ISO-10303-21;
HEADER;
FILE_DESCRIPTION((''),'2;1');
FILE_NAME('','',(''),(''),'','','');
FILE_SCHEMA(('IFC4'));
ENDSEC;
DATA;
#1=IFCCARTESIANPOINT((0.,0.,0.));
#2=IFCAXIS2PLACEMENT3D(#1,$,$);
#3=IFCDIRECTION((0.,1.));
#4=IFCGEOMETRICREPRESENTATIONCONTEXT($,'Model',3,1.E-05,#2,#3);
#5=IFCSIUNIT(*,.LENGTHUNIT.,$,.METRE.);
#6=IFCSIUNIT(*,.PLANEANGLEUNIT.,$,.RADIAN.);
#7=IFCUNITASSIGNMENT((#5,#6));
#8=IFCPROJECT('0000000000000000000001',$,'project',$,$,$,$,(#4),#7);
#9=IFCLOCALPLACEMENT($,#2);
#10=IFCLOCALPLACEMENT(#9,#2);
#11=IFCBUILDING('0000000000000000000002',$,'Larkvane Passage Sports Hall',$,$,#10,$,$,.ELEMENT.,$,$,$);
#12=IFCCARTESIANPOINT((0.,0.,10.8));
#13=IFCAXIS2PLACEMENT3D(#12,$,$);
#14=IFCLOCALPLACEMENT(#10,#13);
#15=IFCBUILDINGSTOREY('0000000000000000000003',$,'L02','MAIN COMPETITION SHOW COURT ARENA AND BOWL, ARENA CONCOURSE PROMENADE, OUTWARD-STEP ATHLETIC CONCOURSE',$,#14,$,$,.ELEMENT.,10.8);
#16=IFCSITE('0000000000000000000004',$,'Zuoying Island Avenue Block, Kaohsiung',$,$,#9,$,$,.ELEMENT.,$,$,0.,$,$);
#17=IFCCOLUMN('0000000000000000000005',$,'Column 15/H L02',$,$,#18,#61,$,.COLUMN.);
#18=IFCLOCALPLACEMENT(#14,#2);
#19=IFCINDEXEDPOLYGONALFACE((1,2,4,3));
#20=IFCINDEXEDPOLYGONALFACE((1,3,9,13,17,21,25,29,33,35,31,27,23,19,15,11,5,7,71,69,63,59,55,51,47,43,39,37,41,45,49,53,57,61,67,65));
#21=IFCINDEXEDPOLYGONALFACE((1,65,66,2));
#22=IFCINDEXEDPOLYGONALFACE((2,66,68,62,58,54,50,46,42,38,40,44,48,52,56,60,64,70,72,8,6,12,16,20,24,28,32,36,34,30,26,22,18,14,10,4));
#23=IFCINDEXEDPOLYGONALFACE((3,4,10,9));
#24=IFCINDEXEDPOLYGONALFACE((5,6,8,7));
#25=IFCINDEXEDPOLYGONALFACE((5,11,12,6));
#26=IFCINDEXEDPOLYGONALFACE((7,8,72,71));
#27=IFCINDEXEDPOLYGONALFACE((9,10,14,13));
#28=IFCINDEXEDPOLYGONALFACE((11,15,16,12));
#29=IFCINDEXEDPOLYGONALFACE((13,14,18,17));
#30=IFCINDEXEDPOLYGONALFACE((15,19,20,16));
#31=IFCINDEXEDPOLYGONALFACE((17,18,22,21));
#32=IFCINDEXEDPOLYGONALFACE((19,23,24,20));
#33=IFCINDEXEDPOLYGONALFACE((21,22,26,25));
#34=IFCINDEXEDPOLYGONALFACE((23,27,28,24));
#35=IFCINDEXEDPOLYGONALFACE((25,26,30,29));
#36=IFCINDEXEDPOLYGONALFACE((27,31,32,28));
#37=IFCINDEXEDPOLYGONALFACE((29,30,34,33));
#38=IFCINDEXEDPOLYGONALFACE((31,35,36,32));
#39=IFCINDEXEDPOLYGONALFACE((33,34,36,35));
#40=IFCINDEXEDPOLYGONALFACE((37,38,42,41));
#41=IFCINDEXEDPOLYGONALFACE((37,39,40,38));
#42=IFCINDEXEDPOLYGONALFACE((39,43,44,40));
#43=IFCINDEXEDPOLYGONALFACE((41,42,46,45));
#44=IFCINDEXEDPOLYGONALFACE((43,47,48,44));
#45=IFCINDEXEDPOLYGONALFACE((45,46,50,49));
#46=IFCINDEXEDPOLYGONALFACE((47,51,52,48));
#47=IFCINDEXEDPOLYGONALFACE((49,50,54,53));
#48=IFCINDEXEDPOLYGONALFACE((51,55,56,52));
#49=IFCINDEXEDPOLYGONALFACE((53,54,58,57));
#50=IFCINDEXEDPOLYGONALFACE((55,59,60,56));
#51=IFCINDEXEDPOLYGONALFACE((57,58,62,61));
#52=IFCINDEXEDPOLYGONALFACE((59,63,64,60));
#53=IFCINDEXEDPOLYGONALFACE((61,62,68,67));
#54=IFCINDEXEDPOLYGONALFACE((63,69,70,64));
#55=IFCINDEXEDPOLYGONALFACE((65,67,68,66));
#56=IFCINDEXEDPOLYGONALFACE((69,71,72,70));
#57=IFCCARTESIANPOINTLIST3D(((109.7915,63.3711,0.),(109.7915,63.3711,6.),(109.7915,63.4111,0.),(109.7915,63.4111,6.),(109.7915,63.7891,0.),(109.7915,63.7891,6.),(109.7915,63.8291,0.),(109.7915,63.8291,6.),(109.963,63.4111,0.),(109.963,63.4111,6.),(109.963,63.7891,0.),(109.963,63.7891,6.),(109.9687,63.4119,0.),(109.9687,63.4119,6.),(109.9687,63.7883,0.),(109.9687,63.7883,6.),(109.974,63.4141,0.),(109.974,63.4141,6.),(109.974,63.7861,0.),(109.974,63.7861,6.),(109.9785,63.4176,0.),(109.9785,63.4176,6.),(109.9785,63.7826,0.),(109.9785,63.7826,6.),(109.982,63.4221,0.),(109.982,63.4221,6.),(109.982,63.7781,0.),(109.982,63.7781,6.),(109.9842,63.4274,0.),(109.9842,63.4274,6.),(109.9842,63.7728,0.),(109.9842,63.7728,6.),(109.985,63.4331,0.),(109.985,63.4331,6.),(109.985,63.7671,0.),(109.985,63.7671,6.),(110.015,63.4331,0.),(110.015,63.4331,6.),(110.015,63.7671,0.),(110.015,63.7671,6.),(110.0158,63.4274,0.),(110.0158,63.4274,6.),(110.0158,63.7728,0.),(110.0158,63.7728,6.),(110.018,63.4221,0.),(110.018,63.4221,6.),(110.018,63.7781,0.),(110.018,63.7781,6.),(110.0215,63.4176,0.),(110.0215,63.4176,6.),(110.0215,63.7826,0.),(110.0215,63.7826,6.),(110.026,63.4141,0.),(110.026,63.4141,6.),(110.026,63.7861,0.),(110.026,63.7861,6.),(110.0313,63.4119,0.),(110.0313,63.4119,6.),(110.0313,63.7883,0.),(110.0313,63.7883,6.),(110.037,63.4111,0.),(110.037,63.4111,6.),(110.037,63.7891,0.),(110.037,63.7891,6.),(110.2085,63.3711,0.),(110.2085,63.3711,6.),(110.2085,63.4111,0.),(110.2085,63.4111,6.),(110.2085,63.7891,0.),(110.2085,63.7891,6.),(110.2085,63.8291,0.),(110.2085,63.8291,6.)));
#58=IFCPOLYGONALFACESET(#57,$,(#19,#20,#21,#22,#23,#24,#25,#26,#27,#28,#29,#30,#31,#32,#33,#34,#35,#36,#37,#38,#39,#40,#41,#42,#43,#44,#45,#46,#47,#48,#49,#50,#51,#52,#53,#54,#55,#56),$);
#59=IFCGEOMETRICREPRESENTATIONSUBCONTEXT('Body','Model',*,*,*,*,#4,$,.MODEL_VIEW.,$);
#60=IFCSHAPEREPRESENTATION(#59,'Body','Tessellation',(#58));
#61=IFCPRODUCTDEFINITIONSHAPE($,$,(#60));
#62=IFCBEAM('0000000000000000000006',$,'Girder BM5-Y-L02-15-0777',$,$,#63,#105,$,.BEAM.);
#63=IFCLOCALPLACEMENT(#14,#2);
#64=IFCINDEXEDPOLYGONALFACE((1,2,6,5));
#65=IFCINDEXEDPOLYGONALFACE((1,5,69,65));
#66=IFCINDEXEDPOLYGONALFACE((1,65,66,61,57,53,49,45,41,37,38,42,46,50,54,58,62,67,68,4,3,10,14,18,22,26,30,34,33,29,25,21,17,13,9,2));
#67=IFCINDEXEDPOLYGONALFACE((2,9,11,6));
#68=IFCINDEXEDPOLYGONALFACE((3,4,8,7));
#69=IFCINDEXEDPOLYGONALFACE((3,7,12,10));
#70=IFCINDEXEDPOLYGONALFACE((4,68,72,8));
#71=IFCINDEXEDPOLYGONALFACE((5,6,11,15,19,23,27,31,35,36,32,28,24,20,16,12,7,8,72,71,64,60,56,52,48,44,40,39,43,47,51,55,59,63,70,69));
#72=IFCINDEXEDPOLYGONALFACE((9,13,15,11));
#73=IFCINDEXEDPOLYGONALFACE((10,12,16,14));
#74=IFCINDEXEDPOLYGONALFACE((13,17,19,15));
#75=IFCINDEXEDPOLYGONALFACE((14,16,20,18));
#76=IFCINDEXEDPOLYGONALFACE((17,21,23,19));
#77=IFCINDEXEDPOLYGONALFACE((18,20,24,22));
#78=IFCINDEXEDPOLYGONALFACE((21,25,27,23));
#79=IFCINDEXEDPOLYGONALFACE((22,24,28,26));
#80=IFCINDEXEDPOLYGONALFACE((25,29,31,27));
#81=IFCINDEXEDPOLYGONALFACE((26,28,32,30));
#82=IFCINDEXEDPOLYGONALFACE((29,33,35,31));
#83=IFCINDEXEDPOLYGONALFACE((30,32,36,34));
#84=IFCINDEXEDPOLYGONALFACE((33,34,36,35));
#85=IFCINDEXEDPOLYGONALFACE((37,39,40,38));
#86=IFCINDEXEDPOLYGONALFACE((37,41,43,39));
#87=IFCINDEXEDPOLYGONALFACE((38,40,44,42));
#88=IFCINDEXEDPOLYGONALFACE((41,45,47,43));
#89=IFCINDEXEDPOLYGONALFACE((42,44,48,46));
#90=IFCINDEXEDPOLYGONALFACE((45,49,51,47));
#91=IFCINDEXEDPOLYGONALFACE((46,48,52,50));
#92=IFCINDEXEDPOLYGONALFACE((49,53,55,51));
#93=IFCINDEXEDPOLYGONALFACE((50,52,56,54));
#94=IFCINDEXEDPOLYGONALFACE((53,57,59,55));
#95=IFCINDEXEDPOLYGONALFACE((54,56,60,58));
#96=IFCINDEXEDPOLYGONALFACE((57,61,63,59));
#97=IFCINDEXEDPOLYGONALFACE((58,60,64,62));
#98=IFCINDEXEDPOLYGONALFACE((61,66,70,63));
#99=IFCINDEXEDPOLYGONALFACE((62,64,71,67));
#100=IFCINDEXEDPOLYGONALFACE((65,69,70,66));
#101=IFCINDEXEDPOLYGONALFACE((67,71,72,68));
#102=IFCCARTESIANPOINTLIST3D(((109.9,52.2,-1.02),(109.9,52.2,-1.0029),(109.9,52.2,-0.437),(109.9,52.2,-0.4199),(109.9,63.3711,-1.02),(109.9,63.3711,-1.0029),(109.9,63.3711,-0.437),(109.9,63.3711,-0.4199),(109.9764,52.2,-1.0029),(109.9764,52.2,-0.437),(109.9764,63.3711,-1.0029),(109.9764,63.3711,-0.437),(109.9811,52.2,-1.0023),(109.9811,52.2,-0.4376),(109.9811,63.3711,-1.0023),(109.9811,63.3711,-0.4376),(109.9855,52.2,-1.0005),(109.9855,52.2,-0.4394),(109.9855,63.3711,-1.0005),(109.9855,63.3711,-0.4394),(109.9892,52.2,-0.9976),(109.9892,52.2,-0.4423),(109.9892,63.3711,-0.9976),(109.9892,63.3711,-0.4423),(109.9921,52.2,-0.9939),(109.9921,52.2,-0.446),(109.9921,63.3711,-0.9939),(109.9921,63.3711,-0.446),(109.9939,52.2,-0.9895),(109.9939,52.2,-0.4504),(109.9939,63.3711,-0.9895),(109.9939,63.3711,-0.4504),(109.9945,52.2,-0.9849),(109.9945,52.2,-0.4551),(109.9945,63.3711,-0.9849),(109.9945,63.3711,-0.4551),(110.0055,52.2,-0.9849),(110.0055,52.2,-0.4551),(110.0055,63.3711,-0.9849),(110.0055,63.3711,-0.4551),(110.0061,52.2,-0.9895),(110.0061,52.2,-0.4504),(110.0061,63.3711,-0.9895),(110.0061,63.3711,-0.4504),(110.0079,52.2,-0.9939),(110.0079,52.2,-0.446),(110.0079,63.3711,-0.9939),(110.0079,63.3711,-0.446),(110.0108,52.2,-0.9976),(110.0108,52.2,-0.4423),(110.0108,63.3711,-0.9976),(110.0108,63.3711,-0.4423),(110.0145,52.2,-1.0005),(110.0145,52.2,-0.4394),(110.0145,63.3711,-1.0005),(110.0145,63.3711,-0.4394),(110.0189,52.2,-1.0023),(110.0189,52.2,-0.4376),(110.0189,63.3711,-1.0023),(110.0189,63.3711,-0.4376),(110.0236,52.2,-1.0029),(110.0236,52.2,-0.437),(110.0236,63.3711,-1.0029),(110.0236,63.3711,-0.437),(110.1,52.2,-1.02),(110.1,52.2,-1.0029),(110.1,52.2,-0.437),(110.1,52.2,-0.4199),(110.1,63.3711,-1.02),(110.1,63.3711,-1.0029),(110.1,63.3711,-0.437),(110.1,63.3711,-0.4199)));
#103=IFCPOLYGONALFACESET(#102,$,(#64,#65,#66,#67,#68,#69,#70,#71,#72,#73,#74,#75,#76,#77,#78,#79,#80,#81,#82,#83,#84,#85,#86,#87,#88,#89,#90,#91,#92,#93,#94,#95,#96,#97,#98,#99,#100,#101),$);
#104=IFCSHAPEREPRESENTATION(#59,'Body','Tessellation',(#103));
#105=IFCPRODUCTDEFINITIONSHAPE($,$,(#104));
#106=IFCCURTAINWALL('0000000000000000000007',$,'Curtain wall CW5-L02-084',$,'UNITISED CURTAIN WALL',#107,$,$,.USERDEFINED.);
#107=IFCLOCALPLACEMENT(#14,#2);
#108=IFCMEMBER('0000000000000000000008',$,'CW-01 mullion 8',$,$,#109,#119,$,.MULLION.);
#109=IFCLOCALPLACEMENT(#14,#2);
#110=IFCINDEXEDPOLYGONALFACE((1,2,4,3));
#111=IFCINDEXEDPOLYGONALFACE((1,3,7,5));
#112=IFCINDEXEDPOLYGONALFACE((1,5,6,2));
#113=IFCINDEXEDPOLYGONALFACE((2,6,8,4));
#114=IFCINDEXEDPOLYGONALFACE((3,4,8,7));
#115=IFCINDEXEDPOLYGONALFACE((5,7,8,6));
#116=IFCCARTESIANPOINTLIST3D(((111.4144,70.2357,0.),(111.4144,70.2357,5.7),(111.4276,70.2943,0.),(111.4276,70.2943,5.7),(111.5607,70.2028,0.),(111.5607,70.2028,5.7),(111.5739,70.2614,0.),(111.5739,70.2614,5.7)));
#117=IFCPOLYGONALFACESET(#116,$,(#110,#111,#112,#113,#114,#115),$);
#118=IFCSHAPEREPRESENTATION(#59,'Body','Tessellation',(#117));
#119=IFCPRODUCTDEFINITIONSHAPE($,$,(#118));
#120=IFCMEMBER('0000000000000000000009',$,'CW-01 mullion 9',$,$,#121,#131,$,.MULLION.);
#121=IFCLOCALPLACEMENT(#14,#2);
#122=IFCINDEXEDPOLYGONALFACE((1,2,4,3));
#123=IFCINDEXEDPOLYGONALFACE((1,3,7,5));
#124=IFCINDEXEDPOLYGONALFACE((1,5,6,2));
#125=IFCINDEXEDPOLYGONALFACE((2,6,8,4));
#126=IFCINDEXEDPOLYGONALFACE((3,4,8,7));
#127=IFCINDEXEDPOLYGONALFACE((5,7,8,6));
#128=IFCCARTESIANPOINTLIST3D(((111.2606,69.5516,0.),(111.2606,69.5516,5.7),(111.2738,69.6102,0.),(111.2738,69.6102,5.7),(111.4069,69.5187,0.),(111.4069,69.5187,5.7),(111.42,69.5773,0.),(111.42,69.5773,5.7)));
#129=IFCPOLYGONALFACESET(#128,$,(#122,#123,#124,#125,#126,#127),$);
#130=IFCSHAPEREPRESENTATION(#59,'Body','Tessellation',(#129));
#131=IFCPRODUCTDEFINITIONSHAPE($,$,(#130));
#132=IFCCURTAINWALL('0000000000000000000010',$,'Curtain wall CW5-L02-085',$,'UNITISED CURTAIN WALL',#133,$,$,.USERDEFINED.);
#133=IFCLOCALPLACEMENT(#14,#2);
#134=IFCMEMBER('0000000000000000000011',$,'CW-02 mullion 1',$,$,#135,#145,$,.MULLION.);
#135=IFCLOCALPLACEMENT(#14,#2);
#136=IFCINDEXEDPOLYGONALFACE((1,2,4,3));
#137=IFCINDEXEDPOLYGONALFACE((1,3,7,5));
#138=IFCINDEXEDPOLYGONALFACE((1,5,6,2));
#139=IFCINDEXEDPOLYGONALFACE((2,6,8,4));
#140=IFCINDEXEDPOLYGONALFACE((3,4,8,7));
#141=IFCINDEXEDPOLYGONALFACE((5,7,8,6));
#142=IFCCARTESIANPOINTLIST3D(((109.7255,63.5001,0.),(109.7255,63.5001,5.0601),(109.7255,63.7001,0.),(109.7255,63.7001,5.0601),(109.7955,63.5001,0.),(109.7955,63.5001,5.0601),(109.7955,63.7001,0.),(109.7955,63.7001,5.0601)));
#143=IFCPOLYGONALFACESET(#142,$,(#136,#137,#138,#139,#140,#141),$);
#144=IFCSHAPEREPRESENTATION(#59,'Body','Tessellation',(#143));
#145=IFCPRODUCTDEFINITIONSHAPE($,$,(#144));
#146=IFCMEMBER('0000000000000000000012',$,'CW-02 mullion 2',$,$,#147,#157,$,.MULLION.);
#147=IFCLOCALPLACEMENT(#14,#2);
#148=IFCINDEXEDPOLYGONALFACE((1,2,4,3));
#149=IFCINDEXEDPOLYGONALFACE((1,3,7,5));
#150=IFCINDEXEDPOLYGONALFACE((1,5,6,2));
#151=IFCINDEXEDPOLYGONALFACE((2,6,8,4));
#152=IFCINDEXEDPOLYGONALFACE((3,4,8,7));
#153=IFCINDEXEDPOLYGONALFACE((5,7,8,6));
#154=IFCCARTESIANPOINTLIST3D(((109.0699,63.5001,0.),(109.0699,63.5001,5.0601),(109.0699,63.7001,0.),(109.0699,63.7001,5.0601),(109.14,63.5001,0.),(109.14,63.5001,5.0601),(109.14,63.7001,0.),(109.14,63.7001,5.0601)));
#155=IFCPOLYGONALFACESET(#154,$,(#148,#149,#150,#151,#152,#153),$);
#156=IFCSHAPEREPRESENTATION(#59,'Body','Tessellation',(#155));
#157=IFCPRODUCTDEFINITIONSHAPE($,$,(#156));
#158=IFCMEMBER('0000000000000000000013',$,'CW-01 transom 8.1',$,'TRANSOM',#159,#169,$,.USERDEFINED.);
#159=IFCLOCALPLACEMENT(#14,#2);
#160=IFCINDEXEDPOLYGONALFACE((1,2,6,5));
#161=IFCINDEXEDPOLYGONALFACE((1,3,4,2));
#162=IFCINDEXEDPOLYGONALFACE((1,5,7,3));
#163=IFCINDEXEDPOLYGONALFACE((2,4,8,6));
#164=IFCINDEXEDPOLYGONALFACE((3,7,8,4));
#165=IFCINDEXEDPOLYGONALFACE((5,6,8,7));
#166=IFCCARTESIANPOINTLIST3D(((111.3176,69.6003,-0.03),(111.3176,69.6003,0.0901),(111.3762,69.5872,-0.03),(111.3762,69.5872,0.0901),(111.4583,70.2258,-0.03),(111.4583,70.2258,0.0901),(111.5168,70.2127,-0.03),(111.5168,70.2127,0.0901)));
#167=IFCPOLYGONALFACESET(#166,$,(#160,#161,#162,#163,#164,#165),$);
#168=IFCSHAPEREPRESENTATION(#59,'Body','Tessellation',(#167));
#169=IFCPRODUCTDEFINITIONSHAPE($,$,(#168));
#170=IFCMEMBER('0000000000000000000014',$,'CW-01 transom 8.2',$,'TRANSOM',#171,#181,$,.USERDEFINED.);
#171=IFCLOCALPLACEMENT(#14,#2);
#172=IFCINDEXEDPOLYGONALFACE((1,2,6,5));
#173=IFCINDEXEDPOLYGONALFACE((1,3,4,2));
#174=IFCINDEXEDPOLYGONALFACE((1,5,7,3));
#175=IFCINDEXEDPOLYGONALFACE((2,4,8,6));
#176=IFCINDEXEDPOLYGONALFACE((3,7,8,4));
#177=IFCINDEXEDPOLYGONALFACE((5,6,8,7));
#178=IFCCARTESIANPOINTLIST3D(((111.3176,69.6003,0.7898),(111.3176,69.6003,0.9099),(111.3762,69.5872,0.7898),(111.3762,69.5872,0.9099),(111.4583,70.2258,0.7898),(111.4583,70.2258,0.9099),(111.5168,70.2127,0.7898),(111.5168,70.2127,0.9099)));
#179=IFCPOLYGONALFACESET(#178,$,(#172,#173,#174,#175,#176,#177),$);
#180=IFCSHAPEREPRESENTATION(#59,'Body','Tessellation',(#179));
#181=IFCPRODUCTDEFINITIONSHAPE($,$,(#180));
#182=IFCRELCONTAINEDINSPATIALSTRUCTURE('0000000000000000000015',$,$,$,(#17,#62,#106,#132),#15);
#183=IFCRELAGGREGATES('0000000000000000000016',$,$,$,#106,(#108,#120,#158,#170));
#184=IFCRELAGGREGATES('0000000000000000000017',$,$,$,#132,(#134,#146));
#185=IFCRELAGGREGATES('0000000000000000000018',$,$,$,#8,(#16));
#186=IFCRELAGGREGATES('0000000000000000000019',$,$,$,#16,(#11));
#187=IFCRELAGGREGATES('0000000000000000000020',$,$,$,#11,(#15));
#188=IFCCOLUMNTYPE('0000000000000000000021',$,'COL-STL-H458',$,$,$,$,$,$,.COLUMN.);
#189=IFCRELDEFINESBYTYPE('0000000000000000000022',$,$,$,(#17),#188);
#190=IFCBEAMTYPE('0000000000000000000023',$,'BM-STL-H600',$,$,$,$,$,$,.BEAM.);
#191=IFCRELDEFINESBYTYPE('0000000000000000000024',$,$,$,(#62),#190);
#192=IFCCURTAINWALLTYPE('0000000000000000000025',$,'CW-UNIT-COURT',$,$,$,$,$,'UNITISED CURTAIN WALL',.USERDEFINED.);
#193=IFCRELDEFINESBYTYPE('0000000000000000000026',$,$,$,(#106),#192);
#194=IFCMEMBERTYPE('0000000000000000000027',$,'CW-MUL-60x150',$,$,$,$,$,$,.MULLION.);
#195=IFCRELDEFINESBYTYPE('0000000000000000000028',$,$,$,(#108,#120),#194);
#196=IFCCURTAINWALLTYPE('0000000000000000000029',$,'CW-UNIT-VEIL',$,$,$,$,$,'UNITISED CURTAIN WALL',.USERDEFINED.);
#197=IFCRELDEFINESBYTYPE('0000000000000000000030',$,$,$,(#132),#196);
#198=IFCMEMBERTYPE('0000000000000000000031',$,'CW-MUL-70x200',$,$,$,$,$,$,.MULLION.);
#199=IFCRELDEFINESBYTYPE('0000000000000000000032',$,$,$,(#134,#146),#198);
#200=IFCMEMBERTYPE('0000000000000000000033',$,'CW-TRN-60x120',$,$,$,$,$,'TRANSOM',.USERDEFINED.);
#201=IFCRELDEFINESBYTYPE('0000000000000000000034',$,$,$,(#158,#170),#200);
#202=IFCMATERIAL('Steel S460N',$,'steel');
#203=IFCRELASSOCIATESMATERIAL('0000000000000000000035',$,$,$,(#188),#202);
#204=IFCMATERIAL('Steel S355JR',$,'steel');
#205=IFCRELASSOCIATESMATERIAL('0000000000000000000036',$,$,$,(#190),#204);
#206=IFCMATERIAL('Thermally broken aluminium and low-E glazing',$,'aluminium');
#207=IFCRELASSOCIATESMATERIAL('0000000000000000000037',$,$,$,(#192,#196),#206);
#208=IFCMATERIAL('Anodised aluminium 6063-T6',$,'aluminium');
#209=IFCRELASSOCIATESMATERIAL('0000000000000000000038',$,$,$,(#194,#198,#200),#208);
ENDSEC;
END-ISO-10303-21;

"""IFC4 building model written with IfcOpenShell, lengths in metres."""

from ifc_helpers import new_model, si_unit, direction, frame, origin, origin_2d, place, context, subcontext, project, spatial, rectangle, i_section, extrude, material, material_profile, profile_set, type_object, element, aggregate, save


model = new_model("IFC4")

# Units and contexts
model_context = context("Model", 3, precision=1e-05, world=origin(), true_north=direction((0.0, 1.0)))
body_context = subcontext(model_context, "Body", "Model", "MODEL_VIEW")
ifc_project = project(units=[si_unit("LENGTHUNIT", "METRE"), si_unit("PLANEANGLEUNIT", "RADIAN")], contexts=[model_context])

# Site, building, storey
site_placement = place(None, origin())
site = spatial("IfcSite", under=ifc_project, at=site_placement, Name="Zuoying Island Avenue Block, Kaohsiung", CompositionType="ELEMENT", RefElevation=0.0)
building_placement = place(site_placement, origin())
building = spatial("IfcBuilding", under=site, at=building_placement, Name="Larkvane Passage Sports Hall", CompositionType="ELEMENT")
storey_placement = place(building_placement, frame((0.0, 0.0, 10.8)))
storey = spatial("IfcBuildingStorey", under=building, at=storey_placement, Name="L02", Description="MAIN COMPETITION SHOW COURT ARENA AND BOWL, ARENA CONCOURSE PROMENADE, OUTWARD-STEP ATHLETIC CONCOURSE", CompositionType="ELEMENT", Elevation=10.8)

# Column
ifc_material_1 = material(Name="Steel S460N", Category="steel")
ifc_material_profile_1 = material_profile(ifc_material_1, i_section(OverallWidth=0.417, OverallDepth=0.458, WebThickness=0.03, FlangeThickness=0.04, FilletRadius=0.022, at=origin_2d()), Name="H-458x417x30x40")
ifc_profile_set_1 = profile_set([ifc_material_profile_1], Name="Steel S460N")
column_type = type_object("IfcColumnType", Name="COL-STL-H458", PredefinedType="COLUMN", material=ifc_profile_set_1)
column_placement = place(storey_placement, frame((110.0, 63.6001, 0.0), z_axis=(0.0, 0.0, 1.0), x_axis=(1.0, 0.0, 0.0)))
element("IfcColumn", 1, at=column_placement, inside=storey, type_object=column_type, Name="Column 15/H L02", PredefinedType="COLUMN", context=body_context, shape_type="SweptSolid", body=[
    extrude(i_section(OverallWidth=0.417, OverallDepth=0.458, WebThickness=0.03, FlangeThickness=0.04, FilletRadius=0.022, at=origin_2d()), origin(), (0.0, 0.0, 1.0), 6.0),
])

# Beam
ifc_material_2 = material(Name="Steel S355JR", Category="steel")
ifc_material_profile_2 = material_profile(ifc_material_2, i_section(OverallWidth=0.2, OverallDepth=0.6001, WebThickness=0.011, FlangeThickness=0.0171, FilletRadius=0.0181, at=origin_2d()), Name="H-600x200x11x17")
ifc_profile_set_2 = profile_set([ifc_material_profile_2], Name="Steel S355JR")
beam_type_1 = type_object("IfcBeamType", Name="BM-STL-H600", PredefinedType="BEAM", material=ifc_profile_set_2)
beam_1_placement = place(storey_placement, frame((110.0, 52.2, -0.72), z_axis=(0.0, 1.0, 0.0), x_axis=(-1.0, 0.0, 0.0)))
element("IfcBeam", 2, at=beam_1_placement, inside=storey, type_object=beam_type_1, Name="Girder BM5-Y-L02-15-0777", PredefinedType="BEAM", context=body_context, shape_type="SweptSolid", body=[
    extrude(i_section(OverallWidth=0.2, OverallDepth=0.6001, WebThickness=0.011, FlangeThickness=0.0171, FilletRadius=0.0181, at=origin_2d()), origin(), (0.0, 0.0, 1.0), 11.1711),
])

# Curtain walls, members
ifc_material_3 = material(Name="Thermally broken aluminium and low-E glazing", Category="aluminium")
curtain_wall_type_1 = type_object("IfcCurtainWallType", Name="CW-UNIT-COURT", ElementType="UNITISED CURTAIN WALL", PredefinedType="USERDEFINED", material=ifc_material_3)
curtain_wall_1_placement = place(storey_placement, origin())
curtain_wall_1 = element("IfcCurtainWall", 3, at=curtain_wall_1_placement, inside=storey, type_object=curtain_wall_type_1, Name="Curtain wall CW5-L02-084", ObjectType="UNITISED CURTAIN WALL", PredefinedType="USERDEFINED")
ifc_material_4 = material(Name="Anodised aluminium 6063-T6", Category="aluminium")
ifc_material_profile_3 = material_profile(ifc_material_4, rectangle(XDim=0.0601, YDim=0.1499, at=origin_2d()), Name="ALU-MUL-60x150")
ifc_profile_set_3 = profile_set([ifc_material_profile_3], Name="Anodised aluminium 6063-T6")
member_type_1 = type_object("IfcMemberType", Name="CW-MUL-60x150", PredefinedType="MULLION", material=ifc_profile_set_3)
member_1_placement = place(storey_placement, frame((111.4941, 70.2485, 0.0), z_axis=(0.0, 0.0, 1.0), x_axis=(-0.219244, -0.97567, 0.0)))
member_1 = element("IfcMember", 4, at=member_1_placement, type_object=member_type_1, Name="CW-01 mullion 8", PredefinedType="MULLION", context=body_context, shape_type="SweptSolid", body=[
    extrude(rectangle(XDim=0.0601, YDim=0.1499, at=origin_2d()), origin(), (0.0, 0.0, 1.0), 5.7),
])
member_2_placement = place(storey_placement, frame((111.3403, 69.5645, 0.0), z_axis=(0.0, 0.0, 1.0), x_axis=(-0.219244, -0.97567, 0.0)))
member_2 = element("IfcMember", 5, at=member_2_placement, type_object=member_type_1, Name="CW-01 mullion 9", PredefinedType="MULLION", context=body_context, shape_type="SweptSolid", body=[
    extrude(rectangle(XDim=0.0601, YDim=0.1499, at=origin_2d()), origin(), (0.0, 0.0, 1.0), 5.7),
])
curtain_wall_type_2 = type_object("IfcCurtainWallType", Name="CW-UNIT-VEIL", ElementType="UNITISED CURTAIN WALL", PredefinedType="USERDEFINED", material=ifc_material_3)
curtain_wall_2_placement = place(storey_placement, origin())
curtain_wall_2 = element("IfcCurtainWall", 6, at=curtain_wall_2_placement, inside=storey, type_object=curtain_wall_type_2, Name="Curtain wall CW5-L02-085", ObjectType="UNITISED CURTAIN WALL", PredefinedType="USERDEFINED")
ifc_material_profile_4 = material_profile(ifc_material_4, rectangle(XDim=0.0701, YDim=0.2, at=origin_2d()), Name="ALU-MUL-70x200")
ifc_profile_set_4 = profile_set([ifc_material_profile_4], Name="Anodised aluminium 6063-T6")
member_type_2 = type_object("IfcMemberType", Name="CW-MUL-70x200", PredefinedType="MULLION", material=ifc_profile_set_4)
member_3_placement = place(storey_placement, frame((109.7605, 63.6001, 0.0), z_axis=(0.0, 0.0, 1.0), x_axis=(-1.0, 0.0, 0.0)))
member_3 = element("IfcMember", 7, at=member_3_placement, type_object=member_type_2, Name="CW-02 mullion 1", PredefinedType="MULLION", context=body_context, shape_type="SweptSolid", body=[
    extrude(rectangle(XDim=0.0701, YDim=0.2, at=origin_2d()), origin(), (0.0, 0.0, 1.0), 5.0601),
])
member_4_placement = place(storey_placement, frame((109.105, 63.6001, 0.0), z_axis=(0.0, 0.0, 1.0), x_axis=(-1.0, 0.0, 0.0)))
member_4 = element("IfcMember", 8, at=member_4_placement, type_object=member_type_2, Name="CW-02 mullion 2", PredefinedType="MULLION", context=body_context, shape_type="SweptSolid", body=[
    extrude(rectangle(XDim=0.0701, YDim=0.2, at=origin_2d()), origin(), (0.0, 0.0, 1.0), 5.0601),
])

# Members
ifc_material_profile_5 = material_profile(ifc_material_4, rectangle(XDim=0.0601, YDim=0.1201, at=origin_2d()), Name="ALU-TRN-60x120")
ifc_profile_set_5 = profile_set([ifc_material_profile_5], Name="Anodised aluminium 6063-T6")
member_type_3 = type_object("IfcMemberType", Name="CW-TRN-60x120", ElementType="TRANSOM", PredefinedType="USERDEFINED", material=ifc_profile_set_5)
member_5_placement = place(storey_placement, frame((111.4875, 70.2192, 0.03), z_axis=(-0.219349, -0.975646, 0.0), x_axis=(0.975646, -0.219349, 0.0)))
member_5 = element("IfcMember", 9, at=member_5_placement, type_object=member_type_3, Name="CW-01 transom 8.1", ObjectType="TRANSOM", PredefinedType="USERDEFINED", context=body_context, shape_type="SweptSolid", body=[
    extrude(rectangle(XDim=0.0601, YDim=0.1201, at=origin_2d()), origin(), (0.0, 0.0, 1.0), 0.6411),
])
member_6_placement = place(storey_placement, frame((111.4875, 70.2192, 0.8499), z_axis=(-0.219349, -0.975646, 0.0), x_axis=(0.975646, -0.219349, 0.0)))
member_6 = element("IfcMember", 10, at=member_6_placement, type_object=member_type_3, Name="CW-01 transom 8.2", ObjectType="TRANSOM", PredefinedType="USERDEFINED", context=body_context, shape_type="SweptSolid", body=[
    extrude(rectangle(XDim=0.0601, YDim=0.1201, at=origin_2d()), origin(), (0.0, 0.0, 1.0), 0.6411),
])

aggregate(curtain_wall_1, [member_1, member_2, member_5, member_6])
aggregate(curtain_wall_2, [member_3, member_4])

save(model, "model.ifc")
